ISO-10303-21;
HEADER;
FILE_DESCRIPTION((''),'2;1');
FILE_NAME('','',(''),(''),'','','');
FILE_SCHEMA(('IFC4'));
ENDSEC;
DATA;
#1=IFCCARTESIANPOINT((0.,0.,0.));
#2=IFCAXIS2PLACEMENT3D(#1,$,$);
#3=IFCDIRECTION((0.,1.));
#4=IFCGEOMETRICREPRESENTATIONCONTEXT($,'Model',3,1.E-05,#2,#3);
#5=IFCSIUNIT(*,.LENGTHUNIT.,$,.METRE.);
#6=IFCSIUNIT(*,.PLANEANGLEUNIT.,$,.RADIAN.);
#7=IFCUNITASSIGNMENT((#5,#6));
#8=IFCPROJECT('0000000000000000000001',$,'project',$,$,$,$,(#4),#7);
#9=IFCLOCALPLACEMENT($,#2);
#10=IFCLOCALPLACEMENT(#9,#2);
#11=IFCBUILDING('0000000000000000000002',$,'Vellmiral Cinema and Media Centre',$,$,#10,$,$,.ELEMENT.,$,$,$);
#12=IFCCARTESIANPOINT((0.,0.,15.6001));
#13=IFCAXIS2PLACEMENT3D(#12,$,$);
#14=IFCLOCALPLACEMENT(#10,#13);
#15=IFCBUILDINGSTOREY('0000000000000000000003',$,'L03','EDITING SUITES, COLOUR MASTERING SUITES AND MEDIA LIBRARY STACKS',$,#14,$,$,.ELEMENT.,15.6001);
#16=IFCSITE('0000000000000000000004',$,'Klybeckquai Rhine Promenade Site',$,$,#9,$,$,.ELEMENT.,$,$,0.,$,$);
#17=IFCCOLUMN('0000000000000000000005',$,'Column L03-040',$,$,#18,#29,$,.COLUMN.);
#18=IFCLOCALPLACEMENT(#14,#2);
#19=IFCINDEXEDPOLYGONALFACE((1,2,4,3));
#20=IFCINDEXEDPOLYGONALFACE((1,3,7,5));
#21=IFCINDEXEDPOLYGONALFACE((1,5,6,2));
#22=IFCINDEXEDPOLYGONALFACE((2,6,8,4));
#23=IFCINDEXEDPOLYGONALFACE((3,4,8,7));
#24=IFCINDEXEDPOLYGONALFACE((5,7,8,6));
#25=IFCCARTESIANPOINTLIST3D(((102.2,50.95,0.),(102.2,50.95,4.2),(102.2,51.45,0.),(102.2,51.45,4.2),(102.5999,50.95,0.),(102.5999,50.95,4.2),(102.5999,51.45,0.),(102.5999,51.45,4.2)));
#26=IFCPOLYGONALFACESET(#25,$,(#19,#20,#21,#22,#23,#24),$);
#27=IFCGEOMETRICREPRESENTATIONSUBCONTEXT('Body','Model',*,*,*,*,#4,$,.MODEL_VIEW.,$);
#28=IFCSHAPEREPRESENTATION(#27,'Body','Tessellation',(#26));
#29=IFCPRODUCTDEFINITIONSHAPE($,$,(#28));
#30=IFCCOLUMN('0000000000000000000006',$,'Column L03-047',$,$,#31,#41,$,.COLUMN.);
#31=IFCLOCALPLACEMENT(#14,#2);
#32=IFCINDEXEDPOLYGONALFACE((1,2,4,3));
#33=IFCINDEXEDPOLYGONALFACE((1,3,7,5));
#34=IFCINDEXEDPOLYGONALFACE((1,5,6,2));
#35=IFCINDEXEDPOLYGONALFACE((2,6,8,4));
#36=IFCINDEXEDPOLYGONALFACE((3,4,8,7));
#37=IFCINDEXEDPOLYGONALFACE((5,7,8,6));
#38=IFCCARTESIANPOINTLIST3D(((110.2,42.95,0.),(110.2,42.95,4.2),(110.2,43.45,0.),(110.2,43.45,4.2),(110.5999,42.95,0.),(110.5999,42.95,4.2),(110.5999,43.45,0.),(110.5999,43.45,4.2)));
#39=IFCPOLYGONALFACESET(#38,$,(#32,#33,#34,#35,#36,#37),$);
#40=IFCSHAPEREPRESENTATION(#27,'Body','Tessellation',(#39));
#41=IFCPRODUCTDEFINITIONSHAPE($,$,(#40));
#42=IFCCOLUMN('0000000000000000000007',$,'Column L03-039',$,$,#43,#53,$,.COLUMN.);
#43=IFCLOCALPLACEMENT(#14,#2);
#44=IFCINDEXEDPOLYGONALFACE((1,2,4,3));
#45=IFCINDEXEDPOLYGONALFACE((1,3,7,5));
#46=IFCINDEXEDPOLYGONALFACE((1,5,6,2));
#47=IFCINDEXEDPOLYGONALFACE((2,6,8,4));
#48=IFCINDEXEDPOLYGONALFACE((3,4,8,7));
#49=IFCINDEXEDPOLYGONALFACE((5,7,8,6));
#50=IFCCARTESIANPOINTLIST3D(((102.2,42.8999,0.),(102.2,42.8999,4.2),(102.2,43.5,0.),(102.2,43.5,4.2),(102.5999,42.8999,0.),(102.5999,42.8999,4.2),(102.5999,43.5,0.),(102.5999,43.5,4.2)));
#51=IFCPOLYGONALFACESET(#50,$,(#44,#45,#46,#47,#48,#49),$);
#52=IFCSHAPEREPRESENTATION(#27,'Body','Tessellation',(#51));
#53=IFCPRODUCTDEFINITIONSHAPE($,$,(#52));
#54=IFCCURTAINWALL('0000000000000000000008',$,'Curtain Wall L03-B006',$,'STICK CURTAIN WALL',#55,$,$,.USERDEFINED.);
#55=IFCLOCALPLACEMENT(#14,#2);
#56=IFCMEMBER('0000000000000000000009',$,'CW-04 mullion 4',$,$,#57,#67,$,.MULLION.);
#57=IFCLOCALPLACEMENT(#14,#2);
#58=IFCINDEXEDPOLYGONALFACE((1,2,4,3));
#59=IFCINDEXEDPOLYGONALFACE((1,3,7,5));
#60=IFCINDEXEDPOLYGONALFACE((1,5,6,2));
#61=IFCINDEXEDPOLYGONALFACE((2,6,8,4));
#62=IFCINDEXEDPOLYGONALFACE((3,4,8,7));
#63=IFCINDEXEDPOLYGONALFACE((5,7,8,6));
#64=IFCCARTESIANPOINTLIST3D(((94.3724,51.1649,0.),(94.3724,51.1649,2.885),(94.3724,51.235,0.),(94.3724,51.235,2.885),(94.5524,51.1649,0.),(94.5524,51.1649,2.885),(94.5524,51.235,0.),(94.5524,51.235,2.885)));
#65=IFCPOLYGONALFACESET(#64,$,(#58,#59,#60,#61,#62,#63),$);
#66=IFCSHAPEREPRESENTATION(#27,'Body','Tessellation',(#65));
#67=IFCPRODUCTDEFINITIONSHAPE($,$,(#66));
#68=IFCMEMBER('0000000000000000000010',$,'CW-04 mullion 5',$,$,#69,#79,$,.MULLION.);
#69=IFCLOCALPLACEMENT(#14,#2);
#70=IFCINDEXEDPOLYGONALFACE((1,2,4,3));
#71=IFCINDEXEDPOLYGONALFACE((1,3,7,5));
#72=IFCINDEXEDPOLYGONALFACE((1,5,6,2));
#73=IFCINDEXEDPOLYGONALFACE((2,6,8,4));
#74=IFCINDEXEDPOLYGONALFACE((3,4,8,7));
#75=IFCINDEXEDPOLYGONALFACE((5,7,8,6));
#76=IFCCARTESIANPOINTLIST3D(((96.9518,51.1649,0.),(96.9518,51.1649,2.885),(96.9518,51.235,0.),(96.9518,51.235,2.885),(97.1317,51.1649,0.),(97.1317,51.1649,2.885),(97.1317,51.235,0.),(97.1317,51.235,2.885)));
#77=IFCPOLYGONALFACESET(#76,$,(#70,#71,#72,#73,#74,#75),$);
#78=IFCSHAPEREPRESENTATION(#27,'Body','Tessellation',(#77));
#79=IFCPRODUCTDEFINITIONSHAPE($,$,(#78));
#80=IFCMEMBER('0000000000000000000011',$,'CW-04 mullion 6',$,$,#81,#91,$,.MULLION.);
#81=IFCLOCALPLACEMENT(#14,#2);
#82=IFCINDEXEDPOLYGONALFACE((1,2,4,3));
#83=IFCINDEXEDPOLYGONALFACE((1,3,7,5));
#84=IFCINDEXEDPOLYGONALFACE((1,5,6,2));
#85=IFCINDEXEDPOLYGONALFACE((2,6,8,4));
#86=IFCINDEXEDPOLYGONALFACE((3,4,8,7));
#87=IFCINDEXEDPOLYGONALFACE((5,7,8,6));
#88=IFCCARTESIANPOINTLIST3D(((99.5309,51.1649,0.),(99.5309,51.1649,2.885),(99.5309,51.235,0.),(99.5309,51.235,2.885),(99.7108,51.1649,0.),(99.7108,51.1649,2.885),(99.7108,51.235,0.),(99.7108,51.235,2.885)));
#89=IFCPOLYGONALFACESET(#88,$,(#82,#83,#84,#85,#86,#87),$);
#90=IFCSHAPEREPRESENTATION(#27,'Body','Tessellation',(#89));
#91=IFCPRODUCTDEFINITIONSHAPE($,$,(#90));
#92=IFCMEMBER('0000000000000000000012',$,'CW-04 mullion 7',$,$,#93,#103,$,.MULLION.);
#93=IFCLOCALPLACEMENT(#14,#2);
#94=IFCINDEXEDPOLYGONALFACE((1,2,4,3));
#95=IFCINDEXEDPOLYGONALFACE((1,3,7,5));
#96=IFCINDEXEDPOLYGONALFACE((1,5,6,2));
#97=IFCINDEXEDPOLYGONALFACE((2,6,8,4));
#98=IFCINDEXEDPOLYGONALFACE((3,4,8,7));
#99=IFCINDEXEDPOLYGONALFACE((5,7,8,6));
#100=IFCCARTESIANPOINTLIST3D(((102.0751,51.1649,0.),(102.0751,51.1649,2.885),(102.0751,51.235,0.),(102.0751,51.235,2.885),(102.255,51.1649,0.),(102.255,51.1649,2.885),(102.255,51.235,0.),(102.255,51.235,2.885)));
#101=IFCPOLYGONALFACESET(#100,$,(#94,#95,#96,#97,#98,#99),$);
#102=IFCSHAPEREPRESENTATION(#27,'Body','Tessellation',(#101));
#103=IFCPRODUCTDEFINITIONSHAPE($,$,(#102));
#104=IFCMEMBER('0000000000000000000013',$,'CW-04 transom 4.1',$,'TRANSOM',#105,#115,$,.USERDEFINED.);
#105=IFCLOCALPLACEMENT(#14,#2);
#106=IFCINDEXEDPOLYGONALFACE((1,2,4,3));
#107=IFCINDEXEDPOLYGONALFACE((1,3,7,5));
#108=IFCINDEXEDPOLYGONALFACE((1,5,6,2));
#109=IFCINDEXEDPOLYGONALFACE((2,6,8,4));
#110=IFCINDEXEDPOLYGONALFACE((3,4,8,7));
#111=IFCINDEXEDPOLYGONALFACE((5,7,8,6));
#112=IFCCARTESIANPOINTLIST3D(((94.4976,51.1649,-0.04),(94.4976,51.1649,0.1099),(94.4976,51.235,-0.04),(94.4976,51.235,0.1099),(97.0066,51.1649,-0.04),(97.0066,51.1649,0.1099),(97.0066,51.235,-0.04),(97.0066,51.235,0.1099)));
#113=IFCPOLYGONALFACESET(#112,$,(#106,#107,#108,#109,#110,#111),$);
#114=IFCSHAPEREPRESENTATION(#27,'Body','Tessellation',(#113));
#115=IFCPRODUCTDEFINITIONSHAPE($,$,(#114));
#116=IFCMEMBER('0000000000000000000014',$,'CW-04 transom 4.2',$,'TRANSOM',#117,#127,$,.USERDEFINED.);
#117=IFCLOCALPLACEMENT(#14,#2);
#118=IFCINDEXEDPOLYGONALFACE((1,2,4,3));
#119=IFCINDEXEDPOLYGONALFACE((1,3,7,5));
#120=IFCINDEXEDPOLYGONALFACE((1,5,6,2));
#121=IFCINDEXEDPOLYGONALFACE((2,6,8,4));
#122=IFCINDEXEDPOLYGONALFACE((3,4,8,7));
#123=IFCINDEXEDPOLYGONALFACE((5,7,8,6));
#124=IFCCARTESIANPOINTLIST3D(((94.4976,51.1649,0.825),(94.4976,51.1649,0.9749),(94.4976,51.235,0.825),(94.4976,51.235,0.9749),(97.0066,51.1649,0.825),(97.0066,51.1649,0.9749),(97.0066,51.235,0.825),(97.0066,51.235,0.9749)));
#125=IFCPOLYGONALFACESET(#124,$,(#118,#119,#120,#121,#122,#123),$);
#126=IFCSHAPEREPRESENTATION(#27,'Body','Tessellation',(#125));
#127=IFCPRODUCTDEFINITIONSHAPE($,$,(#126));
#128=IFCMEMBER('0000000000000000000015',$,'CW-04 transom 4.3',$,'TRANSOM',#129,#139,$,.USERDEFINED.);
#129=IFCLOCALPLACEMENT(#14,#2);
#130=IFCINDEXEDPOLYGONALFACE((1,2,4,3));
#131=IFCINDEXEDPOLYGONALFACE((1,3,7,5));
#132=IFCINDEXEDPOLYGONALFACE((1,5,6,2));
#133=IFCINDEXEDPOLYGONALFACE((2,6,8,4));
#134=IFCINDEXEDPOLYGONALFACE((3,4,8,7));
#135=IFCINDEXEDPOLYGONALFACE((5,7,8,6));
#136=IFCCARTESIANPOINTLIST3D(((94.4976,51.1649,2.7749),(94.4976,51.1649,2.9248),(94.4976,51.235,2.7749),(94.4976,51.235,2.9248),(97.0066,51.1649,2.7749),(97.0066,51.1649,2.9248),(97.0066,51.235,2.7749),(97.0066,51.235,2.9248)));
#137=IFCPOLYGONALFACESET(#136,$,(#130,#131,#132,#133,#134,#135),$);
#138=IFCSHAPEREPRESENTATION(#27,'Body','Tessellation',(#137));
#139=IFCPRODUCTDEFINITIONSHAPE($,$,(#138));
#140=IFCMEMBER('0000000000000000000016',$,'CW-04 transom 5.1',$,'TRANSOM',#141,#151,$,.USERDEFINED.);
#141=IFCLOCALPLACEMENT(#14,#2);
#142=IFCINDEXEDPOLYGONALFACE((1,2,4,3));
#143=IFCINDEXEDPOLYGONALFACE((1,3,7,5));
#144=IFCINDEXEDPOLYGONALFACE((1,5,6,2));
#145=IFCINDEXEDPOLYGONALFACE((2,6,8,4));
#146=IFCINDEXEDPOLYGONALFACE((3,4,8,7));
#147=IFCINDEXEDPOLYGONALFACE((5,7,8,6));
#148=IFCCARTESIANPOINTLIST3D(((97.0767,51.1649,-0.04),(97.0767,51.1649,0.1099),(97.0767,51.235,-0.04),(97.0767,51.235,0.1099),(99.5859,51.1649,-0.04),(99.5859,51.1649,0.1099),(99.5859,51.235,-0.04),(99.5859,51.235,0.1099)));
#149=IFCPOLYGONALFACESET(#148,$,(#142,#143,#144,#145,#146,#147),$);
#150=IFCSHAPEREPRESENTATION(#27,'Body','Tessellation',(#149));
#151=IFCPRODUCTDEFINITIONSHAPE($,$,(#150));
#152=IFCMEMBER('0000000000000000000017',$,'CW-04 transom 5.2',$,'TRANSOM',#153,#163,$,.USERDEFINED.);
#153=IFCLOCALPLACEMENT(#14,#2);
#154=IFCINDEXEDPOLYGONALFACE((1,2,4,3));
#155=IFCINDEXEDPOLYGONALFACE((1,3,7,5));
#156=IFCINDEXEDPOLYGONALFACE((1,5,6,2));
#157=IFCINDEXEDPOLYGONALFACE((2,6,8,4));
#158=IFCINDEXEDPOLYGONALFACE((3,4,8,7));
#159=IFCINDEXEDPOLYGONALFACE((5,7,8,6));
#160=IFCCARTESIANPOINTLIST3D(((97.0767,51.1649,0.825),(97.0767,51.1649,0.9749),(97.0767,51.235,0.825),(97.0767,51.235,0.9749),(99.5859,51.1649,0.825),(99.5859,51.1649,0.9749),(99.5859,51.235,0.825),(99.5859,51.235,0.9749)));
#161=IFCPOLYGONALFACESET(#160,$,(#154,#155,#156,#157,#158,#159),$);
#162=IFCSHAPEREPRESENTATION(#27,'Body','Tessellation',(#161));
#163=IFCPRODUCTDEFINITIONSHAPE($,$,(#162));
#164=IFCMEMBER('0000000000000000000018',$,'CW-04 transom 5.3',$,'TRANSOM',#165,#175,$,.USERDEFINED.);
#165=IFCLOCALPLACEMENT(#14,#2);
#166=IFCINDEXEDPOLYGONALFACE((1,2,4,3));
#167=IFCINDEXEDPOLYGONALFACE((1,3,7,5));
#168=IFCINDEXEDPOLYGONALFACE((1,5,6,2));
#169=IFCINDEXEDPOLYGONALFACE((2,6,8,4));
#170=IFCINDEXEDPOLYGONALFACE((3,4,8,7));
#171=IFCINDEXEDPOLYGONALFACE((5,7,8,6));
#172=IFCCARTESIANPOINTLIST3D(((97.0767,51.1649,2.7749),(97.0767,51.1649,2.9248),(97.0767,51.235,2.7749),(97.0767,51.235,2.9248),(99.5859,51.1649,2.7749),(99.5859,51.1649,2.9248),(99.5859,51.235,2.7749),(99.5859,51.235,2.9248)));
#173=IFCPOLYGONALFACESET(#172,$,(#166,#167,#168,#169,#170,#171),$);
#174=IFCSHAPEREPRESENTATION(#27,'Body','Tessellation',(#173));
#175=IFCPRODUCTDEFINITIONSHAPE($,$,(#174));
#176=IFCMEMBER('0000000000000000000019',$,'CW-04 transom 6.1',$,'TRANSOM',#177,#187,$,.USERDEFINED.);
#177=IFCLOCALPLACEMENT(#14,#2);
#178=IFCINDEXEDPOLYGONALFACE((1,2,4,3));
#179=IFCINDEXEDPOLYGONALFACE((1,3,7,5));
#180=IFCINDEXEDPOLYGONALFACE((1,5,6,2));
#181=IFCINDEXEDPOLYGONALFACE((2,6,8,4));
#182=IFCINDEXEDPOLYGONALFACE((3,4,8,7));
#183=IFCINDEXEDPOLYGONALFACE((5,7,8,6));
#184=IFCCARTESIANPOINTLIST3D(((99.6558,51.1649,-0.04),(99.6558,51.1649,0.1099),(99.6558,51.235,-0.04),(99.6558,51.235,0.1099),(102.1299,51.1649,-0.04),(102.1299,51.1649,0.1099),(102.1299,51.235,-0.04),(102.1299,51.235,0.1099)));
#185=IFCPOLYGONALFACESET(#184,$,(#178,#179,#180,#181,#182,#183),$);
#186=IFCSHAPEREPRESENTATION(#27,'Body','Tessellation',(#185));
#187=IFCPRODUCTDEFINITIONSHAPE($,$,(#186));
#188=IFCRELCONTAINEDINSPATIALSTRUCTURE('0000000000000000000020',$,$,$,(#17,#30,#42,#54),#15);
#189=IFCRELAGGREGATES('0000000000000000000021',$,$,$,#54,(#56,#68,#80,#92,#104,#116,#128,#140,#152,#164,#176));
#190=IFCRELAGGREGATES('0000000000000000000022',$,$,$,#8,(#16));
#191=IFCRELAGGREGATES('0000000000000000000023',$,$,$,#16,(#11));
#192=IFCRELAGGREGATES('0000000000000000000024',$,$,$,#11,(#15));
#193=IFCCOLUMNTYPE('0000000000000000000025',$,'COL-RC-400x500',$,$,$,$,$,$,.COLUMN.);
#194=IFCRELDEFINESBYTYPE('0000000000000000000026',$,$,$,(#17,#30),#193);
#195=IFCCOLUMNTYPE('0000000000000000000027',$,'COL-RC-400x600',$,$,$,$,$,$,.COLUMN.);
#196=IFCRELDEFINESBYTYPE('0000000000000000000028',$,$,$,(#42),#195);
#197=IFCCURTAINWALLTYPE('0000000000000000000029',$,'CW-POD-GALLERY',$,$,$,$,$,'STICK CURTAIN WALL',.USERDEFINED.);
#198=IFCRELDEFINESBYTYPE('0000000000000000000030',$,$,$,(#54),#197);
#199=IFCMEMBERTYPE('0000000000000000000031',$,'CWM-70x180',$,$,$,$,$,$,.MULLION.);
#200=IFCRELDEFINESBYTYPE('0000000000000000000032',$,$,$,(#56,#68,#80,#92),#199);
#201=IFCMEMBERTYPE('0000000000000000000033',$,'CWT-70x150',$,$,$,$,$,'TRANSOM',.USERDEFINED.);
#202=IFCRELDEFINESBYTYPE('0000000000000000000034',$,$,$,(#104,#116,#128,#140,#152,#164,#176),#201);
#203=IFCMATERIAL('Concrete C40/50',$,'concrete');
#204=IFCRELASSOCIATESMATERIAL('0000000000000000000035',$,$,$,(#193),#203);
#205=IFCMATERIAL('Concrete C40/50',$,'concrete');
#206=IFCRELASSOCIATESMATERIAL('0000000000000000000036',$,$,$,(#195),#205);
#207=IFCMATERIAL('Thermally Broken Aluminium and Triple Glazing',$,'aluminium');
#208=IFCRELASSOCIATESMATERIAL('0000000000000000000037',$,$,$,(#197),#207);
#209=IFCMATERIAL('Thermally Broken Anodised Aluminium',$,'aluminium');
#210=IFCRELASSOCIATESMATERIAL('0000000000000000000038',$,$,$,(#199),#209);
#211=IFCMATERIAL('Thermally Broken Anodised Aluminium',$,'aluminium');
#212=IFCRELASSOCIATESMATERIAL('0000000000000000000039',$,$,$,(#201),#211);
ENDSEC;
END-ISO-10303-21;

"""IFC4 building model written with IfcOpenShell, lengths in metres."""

from ifc_helpers import new_model, si_unit, direction, frame, origin, origin_2d, place, context, subcontext, project, spatial, rectangle, extrude, material, material_profile, profile_set, type_object, element, aggregate, save


model = new_model("IFC4")

# Units and contexts
model_context = context("Model", 3, precision=1e-05, world=origin(), true_north=direction((0.0, 1.0)))
body_context = subcontext(model_context, "Body", "Model", "MODEL_VIEW")
ifc_project = project(units=[si_unit("LENGTHUNIT", "METRE"), si_unit("PLANEANGLEUNIT", "RADIAN")], contexts=[model_context])

# Site, building, storey
site_placement = place(None, origin())
site = spatial("IfcSite", under=ifc_project, at=site_placement, Name="Klybeckquai Rhine Promenade Site", CompositionType="ELEMENT", RefElevation=0.0)
building_placement = place(site_placement, origin())
building = spatial("IfcBuilding", under=site, at=building_placement, Name="Vellmiral Cinema and Media Centre", CompositionType="ELEMENT")
storey_placement = place(building_placement, frame((0.0, 0.0, 15.6001)))
storey = spatial("IfcBuildingStorey", under=building, at=storey_placement, Name="L03", Description="EDITING SUITES, COLOUR MASTERING SUITES AND MEDIA LIBRARY STACKS", CompositionType="ELEMENT", Elevation=15.6001)

# Columns
ifc_material_1 = material(Name="Concrete C40/50", Category="concrete")
ifc_material_profile_1 = material_profile(ifc_material_1, rectangle(XDim=0.3999, YDim=0.5, at=origin_2d()), Name="RC 400x500")
ifc_profile_set_1 = profile_set([ifc_material_profile_1], Name="Concrete C40/50")
column_type_1 = type_object("IfcColumnType", Name="COL-RC-400x500", PredefinedType="COLUMN", material=ifc_profile_set_1)
for number, where, z_axis, x_axis, name in (
    (1, (102.3999, 51.2, 0.0), (0.0, 0.0, 1.0), (1.0, 0.0, 0.0), "Column L03-040"),
    (2, (110.3999, 43.2, 0.0), (0.0, 0.0, 1.0), (1.0, 0.0, 0.0), "Column L03-047"),
):
    element("IfcColumn", number, at=place(storey_placement, frame(where, z_axis=z_axis, x_axis=x_axis)), inside=storey, type_object=column_type_1, Name=name, PredefinedType="COLUMN", context=body_context, shape_type="SweptSolid", body=[
        extrude(rectangle(XDim=0.3999, YDim=0.5, at=origin_2d()), origin(), (0.0, 0.0, 1.0), 4.2),
    ])
ifc_material_2 = material(Name="Concrete C40/50", Category="concrete")
ifc_material_profile_2 = material_profile(ifc_material_2, rectangle(XDim=0.3999, YDim=0.6001, at=origin_2d()), Name="RC 400x600")
ifc_profile_set_2 = profile_set([ifc_material_profile_2], Name="Concrete C40/50")
column_type_2 = type_object("IfcColumnType", Name="COL-RC-400x600", PredefinedType="COLUMN", material=ifc_profile_set_2)
column_placement = place(storey_placement, frame((102.3999, 43.2, 0.0), z_axis=(0.0, 0.0, 1.0), x_axis=(1.0, 0.0, 0.0)))
element("IfcColumn", 3, at=column_placement, inside=storey, type_object=column_type_2, Name="Column L03-039", PredefinedType="COLUMN", context=body_context, shape_type="SweptSolid", body=[
    extrude(rectangle(XDim=0.3999, YDim=0.6001, at=origin_2d()), origin(), (0.0, 0.0, 1.0), 4.2),
])

# Curtain wall, members
ifc_material_3 = material(Name="Thermally Broken Aluminium and Triple Glazing", Category="aluminium")
curtain_wall_type = type_object("IfcCurtainWallType", Name="CW-POD-GALLERY", ElementType="STICK CURTAIN WALL", PredefinedType="USERDEFINED", material=ifc_material_3)
curtain_wall_placement = place(storey_placement, origin())
curtain_wall = element("IfcCurtainWall", 4, at=curtain_wall_placement, inside=storey, type_object=curtain_wall_type, Name="Curtain Wall L03-B006", ObjectType="STICK CURTAIN WALL", PredefinedType="USERDEFINED")
ifc_material_4 = material(Name="Thermally Broken Anodised Aluminium", Category="aluminium")
ifc_material_profile_3 = material_profile(ifc_material_4, rectangle(XDim=0.0701, YDim=0.1799, at=origin_2d()), Name="MULL 70x180")
ifc_profile_set_3 = profile_set([ifc_material_profile_3], Name="Thermally Broken Anodised Aluminium")
member_type_1 = type_object("IfcMemberType", Name="CWM-70x180", PredefinedType="MULLION", material=ifc_profile_set_3)
member_1_placement = place(storey_placement, frame((94.4624, 51.2, 0.0), z_axis=(0.0, 0.0, 1.0), x_axis=(0.0, 1.0, 0.0)))
member_1 = element("IfcMember", 5, at=member_1_placement, type_object=member_type_1, Name="CW-04 mullion 4", PredefinedType="MULLION", context=body_context, shape_type="SweptSolid", body=[
    extrude(rectangle(XDim=0.0701, YDim=0.1799, at=origin_2d()), origin(), (0.0, 0.0, 1.0), 2.885),
])
member_2_placement = place(storey_placement, frame((97.0417, 51.2, 0.0), z_axis=(0.0, 0.0, 1.0), x_axis=(0.0, 1.0, 0.0)))
member_2 = element("IfcMember", 6, at=member_2_placement, type_object=member_type_1, Name="CW-04 mullion 5", PredefinedType="MULLION", context=body_context, shape_type="SweptSolid", body=[
    extrude(rectangle(XDim=0.0701, YDim=0.1799, at=origin_2d()), origin(), (0.0, 0.0, 1.0), 2.885),
])
member_3_placement = place(storey_placement, frame((99.6208, 51.2, 0.0), z_axis=(0.0, 0.0, 1.0), x_axis=(0.0, 1.0, 0.0)))
member_3 = element("IfcMember", 7, at=member_3_placement, type_object=member_type_1, Name="CW-04 mullion 6", PredefinedType="MULLION", context=body_context, shape_type="SweptSolid", body=[
    extrude(rectangle(XDim=0.0701, YDim=0.1799, at=origin_2d()), origin(), (0.0, 0.0, 1.0), 2.885),
])
member_4_placement = place(storey_placement, frame((102.165, 51.2, 0.0), z_axis=(0.0, 0.0, 1.0), x_axis=(0.0, 1.0, 0.0)))
member_4 = element("IfcMember", 8, at=member_4_placement, type_object=member_type_1, Name="CW-04 mullion 7", PredefinedType="MULLION", context=body_context, shape_type="SweptSolid", body=[
    extrude(rectangle(XDim=0.0701, YDim=0.1799, at=origin_2d()), origin(), (0.0, 0.0, 1.0), 2.885),
])
ifc_material_5 = material(Name="Thermally Broken Anodised Aluminium", Category="aluminium")
ifc_material_profile_4 = material_profile(ifc_material_5, rectangle(XDim=0.0701, YDim=0.1499, at=origin_2d()), Name="MULL 70x150")
ifc_profile_set_4 = profile_set([ifc_material_profile_4], Name="Thermally Broken Anodised Aluminium")
member_type_2 = type_object("IfcMemberType", Name="CWT-70x150", ElementType="TRANSOM", PredefinedType="USERDEFINED", material=ifc_profile_set_4)
member_5_placement = place(storey_placement, frame((94.4976, 51.2, 0.0349), z_axis=(1.0, 0.0, 0.0), x_axis=(0.0, 1.0, 0.0)))
member_5 = element("IfcMember", 9, at=member_5_placement, type_object=member_type_2, Name="CW-04 transom 4.1", ObjectType="TRANSOM", PredefinedType="USERDEFINED", context=body_context, shape_type="SweptSolid", body=[
    extrude(rectangle(XDim=0.0701, YDim=0.1499, at=origin_2d()), origin(), (0.0, 0.0, 1.0), 2.509),
])
member_6_placement = place(storey_placement, frame((94.4976, 51.2, 0.8999), z_axis=(1.0, 0.0, 0.0), x_axis=(0.0, 1.0, 0.0)))
member_6 = element("IfcMember", 10, at=member_6_placement, type_object=member_type_2, Name="CW-04 transom 4.2", ObjectType="TRANSOM", PredefinedType="USERDEFINED", context=body_context, shape_type="SweptSolid", body=[
    extrude(rectangle(XDim=0.0701, YDim=0.1499, at=origin_2d()), origin(), (0.0, 0.0, 1.0), 2.509),
])
member_7_placement = place(storey_placement, frame((94.4976, 51.2, 2.8499), z_axis=(1.0, 0.0, 0.0), x_axis=(0.0, 1.0, 0.0)))
member_7 = element("IfcMember", 11, at=member_7_placement, type_object=member_type_2, Name="CW-04 transom 4.3", ObjectType="TRANSOM", PredefinedType="USERDEFINED", context=body_context, shape_type="SweptSolid", body=[
    extrude(rectangle(XDim=0.0701, YDim=0.1499, at=origin_2d()), origin(), (0.0, 0.0, 1.0), 2.509),
])
member_8_placement = place(storey_placement, frame((97.0767, 51.2, 0.0349), z_axis=(1.0, 0.0, 0.0), x_axis=(0.0, 1.0, 0.0)))
member_8 = element("IfcMember", 12, at=member_8_placement, type_object=member_type_2, Name="CW-04 transom 5.1", ObjectType="TRANSOM", PredefinedType="USERDEFINED", context=body_context, shape_type="SweptSolid", body=[
    extrude(rectangle(XDim=0.0701, YDim=0.1499, at=origin_2d()), origin(), (0.0, 0.0, 1.0), 2.5093),
])
member_9_placement = place(storey_placement, frame((97.0767, 51.2, 0.8999), z_axis=(1.0, 0.0, 0.0), x_axis=(0.0, 1.0, 0.0)))
member_9 = element("IfcMember", 13, at=member_9_placement, type_object=member_type_2, Name="CW-04 transom 5.2", ObjectType="TRANSOM", PredefinedType="USERDEFINED", context=body_context, shape_type="SweptSolid", body=[
    extrude(rectangle(XDim=0.0701, YDim=0.1499, at=origin_2d()), origin(), (0.0, 0.0, 1.0), 2.5093),
])
member_10_placement = place(storey_placement, frame((97.0767, 51.2, 2.8499), z_axis=(1.0, 0.0, 0.0), x_axis=(0.0, 1.0, 0.0)))
member_10 = element("IfcMember", 14, at=member_10_placement, type_object=member_type_2, Name="CW-04 transom 5.3", ObjectType="TRANSOM", PredefinedType="USERDEFINED", context=body_context, shape_type="SweptSolid", body=[
    extrude(rectangle(XDim=0.0701, YDim=0.1499, at=origin_2d()), origin(), (0.0, 0.0, 1.0), 2.5093),
])
member_11_placement = place(storey_placement, frame((99.6558, 51.2, 0.0349), z_axis=(1.0, 0.0, 0.0), x_axis=(0.0, 1.0, 0.0)))
member_11 = element("IfcMember", 15, at=member_11_placement, type_object=member_type_2, Name="CW-04 transom 6.1", ObjectType="TRANSOM", PredefinedType="USERDEFINED", context=body_context, shape_type="SweptSolid", body=[
    extrude(rectangle(XDim=0.0701, YDim=0.1499, at=origin_2d()), origin(), (0.0, 0.0, 1.0), 2.4741),
])

aggregate(curtain_wall, [member_1, member_2, member_3, member_4, member_5, member_6, member_7, member_8, member_9, member_10, member_11])

save(model, "model.ifc")
